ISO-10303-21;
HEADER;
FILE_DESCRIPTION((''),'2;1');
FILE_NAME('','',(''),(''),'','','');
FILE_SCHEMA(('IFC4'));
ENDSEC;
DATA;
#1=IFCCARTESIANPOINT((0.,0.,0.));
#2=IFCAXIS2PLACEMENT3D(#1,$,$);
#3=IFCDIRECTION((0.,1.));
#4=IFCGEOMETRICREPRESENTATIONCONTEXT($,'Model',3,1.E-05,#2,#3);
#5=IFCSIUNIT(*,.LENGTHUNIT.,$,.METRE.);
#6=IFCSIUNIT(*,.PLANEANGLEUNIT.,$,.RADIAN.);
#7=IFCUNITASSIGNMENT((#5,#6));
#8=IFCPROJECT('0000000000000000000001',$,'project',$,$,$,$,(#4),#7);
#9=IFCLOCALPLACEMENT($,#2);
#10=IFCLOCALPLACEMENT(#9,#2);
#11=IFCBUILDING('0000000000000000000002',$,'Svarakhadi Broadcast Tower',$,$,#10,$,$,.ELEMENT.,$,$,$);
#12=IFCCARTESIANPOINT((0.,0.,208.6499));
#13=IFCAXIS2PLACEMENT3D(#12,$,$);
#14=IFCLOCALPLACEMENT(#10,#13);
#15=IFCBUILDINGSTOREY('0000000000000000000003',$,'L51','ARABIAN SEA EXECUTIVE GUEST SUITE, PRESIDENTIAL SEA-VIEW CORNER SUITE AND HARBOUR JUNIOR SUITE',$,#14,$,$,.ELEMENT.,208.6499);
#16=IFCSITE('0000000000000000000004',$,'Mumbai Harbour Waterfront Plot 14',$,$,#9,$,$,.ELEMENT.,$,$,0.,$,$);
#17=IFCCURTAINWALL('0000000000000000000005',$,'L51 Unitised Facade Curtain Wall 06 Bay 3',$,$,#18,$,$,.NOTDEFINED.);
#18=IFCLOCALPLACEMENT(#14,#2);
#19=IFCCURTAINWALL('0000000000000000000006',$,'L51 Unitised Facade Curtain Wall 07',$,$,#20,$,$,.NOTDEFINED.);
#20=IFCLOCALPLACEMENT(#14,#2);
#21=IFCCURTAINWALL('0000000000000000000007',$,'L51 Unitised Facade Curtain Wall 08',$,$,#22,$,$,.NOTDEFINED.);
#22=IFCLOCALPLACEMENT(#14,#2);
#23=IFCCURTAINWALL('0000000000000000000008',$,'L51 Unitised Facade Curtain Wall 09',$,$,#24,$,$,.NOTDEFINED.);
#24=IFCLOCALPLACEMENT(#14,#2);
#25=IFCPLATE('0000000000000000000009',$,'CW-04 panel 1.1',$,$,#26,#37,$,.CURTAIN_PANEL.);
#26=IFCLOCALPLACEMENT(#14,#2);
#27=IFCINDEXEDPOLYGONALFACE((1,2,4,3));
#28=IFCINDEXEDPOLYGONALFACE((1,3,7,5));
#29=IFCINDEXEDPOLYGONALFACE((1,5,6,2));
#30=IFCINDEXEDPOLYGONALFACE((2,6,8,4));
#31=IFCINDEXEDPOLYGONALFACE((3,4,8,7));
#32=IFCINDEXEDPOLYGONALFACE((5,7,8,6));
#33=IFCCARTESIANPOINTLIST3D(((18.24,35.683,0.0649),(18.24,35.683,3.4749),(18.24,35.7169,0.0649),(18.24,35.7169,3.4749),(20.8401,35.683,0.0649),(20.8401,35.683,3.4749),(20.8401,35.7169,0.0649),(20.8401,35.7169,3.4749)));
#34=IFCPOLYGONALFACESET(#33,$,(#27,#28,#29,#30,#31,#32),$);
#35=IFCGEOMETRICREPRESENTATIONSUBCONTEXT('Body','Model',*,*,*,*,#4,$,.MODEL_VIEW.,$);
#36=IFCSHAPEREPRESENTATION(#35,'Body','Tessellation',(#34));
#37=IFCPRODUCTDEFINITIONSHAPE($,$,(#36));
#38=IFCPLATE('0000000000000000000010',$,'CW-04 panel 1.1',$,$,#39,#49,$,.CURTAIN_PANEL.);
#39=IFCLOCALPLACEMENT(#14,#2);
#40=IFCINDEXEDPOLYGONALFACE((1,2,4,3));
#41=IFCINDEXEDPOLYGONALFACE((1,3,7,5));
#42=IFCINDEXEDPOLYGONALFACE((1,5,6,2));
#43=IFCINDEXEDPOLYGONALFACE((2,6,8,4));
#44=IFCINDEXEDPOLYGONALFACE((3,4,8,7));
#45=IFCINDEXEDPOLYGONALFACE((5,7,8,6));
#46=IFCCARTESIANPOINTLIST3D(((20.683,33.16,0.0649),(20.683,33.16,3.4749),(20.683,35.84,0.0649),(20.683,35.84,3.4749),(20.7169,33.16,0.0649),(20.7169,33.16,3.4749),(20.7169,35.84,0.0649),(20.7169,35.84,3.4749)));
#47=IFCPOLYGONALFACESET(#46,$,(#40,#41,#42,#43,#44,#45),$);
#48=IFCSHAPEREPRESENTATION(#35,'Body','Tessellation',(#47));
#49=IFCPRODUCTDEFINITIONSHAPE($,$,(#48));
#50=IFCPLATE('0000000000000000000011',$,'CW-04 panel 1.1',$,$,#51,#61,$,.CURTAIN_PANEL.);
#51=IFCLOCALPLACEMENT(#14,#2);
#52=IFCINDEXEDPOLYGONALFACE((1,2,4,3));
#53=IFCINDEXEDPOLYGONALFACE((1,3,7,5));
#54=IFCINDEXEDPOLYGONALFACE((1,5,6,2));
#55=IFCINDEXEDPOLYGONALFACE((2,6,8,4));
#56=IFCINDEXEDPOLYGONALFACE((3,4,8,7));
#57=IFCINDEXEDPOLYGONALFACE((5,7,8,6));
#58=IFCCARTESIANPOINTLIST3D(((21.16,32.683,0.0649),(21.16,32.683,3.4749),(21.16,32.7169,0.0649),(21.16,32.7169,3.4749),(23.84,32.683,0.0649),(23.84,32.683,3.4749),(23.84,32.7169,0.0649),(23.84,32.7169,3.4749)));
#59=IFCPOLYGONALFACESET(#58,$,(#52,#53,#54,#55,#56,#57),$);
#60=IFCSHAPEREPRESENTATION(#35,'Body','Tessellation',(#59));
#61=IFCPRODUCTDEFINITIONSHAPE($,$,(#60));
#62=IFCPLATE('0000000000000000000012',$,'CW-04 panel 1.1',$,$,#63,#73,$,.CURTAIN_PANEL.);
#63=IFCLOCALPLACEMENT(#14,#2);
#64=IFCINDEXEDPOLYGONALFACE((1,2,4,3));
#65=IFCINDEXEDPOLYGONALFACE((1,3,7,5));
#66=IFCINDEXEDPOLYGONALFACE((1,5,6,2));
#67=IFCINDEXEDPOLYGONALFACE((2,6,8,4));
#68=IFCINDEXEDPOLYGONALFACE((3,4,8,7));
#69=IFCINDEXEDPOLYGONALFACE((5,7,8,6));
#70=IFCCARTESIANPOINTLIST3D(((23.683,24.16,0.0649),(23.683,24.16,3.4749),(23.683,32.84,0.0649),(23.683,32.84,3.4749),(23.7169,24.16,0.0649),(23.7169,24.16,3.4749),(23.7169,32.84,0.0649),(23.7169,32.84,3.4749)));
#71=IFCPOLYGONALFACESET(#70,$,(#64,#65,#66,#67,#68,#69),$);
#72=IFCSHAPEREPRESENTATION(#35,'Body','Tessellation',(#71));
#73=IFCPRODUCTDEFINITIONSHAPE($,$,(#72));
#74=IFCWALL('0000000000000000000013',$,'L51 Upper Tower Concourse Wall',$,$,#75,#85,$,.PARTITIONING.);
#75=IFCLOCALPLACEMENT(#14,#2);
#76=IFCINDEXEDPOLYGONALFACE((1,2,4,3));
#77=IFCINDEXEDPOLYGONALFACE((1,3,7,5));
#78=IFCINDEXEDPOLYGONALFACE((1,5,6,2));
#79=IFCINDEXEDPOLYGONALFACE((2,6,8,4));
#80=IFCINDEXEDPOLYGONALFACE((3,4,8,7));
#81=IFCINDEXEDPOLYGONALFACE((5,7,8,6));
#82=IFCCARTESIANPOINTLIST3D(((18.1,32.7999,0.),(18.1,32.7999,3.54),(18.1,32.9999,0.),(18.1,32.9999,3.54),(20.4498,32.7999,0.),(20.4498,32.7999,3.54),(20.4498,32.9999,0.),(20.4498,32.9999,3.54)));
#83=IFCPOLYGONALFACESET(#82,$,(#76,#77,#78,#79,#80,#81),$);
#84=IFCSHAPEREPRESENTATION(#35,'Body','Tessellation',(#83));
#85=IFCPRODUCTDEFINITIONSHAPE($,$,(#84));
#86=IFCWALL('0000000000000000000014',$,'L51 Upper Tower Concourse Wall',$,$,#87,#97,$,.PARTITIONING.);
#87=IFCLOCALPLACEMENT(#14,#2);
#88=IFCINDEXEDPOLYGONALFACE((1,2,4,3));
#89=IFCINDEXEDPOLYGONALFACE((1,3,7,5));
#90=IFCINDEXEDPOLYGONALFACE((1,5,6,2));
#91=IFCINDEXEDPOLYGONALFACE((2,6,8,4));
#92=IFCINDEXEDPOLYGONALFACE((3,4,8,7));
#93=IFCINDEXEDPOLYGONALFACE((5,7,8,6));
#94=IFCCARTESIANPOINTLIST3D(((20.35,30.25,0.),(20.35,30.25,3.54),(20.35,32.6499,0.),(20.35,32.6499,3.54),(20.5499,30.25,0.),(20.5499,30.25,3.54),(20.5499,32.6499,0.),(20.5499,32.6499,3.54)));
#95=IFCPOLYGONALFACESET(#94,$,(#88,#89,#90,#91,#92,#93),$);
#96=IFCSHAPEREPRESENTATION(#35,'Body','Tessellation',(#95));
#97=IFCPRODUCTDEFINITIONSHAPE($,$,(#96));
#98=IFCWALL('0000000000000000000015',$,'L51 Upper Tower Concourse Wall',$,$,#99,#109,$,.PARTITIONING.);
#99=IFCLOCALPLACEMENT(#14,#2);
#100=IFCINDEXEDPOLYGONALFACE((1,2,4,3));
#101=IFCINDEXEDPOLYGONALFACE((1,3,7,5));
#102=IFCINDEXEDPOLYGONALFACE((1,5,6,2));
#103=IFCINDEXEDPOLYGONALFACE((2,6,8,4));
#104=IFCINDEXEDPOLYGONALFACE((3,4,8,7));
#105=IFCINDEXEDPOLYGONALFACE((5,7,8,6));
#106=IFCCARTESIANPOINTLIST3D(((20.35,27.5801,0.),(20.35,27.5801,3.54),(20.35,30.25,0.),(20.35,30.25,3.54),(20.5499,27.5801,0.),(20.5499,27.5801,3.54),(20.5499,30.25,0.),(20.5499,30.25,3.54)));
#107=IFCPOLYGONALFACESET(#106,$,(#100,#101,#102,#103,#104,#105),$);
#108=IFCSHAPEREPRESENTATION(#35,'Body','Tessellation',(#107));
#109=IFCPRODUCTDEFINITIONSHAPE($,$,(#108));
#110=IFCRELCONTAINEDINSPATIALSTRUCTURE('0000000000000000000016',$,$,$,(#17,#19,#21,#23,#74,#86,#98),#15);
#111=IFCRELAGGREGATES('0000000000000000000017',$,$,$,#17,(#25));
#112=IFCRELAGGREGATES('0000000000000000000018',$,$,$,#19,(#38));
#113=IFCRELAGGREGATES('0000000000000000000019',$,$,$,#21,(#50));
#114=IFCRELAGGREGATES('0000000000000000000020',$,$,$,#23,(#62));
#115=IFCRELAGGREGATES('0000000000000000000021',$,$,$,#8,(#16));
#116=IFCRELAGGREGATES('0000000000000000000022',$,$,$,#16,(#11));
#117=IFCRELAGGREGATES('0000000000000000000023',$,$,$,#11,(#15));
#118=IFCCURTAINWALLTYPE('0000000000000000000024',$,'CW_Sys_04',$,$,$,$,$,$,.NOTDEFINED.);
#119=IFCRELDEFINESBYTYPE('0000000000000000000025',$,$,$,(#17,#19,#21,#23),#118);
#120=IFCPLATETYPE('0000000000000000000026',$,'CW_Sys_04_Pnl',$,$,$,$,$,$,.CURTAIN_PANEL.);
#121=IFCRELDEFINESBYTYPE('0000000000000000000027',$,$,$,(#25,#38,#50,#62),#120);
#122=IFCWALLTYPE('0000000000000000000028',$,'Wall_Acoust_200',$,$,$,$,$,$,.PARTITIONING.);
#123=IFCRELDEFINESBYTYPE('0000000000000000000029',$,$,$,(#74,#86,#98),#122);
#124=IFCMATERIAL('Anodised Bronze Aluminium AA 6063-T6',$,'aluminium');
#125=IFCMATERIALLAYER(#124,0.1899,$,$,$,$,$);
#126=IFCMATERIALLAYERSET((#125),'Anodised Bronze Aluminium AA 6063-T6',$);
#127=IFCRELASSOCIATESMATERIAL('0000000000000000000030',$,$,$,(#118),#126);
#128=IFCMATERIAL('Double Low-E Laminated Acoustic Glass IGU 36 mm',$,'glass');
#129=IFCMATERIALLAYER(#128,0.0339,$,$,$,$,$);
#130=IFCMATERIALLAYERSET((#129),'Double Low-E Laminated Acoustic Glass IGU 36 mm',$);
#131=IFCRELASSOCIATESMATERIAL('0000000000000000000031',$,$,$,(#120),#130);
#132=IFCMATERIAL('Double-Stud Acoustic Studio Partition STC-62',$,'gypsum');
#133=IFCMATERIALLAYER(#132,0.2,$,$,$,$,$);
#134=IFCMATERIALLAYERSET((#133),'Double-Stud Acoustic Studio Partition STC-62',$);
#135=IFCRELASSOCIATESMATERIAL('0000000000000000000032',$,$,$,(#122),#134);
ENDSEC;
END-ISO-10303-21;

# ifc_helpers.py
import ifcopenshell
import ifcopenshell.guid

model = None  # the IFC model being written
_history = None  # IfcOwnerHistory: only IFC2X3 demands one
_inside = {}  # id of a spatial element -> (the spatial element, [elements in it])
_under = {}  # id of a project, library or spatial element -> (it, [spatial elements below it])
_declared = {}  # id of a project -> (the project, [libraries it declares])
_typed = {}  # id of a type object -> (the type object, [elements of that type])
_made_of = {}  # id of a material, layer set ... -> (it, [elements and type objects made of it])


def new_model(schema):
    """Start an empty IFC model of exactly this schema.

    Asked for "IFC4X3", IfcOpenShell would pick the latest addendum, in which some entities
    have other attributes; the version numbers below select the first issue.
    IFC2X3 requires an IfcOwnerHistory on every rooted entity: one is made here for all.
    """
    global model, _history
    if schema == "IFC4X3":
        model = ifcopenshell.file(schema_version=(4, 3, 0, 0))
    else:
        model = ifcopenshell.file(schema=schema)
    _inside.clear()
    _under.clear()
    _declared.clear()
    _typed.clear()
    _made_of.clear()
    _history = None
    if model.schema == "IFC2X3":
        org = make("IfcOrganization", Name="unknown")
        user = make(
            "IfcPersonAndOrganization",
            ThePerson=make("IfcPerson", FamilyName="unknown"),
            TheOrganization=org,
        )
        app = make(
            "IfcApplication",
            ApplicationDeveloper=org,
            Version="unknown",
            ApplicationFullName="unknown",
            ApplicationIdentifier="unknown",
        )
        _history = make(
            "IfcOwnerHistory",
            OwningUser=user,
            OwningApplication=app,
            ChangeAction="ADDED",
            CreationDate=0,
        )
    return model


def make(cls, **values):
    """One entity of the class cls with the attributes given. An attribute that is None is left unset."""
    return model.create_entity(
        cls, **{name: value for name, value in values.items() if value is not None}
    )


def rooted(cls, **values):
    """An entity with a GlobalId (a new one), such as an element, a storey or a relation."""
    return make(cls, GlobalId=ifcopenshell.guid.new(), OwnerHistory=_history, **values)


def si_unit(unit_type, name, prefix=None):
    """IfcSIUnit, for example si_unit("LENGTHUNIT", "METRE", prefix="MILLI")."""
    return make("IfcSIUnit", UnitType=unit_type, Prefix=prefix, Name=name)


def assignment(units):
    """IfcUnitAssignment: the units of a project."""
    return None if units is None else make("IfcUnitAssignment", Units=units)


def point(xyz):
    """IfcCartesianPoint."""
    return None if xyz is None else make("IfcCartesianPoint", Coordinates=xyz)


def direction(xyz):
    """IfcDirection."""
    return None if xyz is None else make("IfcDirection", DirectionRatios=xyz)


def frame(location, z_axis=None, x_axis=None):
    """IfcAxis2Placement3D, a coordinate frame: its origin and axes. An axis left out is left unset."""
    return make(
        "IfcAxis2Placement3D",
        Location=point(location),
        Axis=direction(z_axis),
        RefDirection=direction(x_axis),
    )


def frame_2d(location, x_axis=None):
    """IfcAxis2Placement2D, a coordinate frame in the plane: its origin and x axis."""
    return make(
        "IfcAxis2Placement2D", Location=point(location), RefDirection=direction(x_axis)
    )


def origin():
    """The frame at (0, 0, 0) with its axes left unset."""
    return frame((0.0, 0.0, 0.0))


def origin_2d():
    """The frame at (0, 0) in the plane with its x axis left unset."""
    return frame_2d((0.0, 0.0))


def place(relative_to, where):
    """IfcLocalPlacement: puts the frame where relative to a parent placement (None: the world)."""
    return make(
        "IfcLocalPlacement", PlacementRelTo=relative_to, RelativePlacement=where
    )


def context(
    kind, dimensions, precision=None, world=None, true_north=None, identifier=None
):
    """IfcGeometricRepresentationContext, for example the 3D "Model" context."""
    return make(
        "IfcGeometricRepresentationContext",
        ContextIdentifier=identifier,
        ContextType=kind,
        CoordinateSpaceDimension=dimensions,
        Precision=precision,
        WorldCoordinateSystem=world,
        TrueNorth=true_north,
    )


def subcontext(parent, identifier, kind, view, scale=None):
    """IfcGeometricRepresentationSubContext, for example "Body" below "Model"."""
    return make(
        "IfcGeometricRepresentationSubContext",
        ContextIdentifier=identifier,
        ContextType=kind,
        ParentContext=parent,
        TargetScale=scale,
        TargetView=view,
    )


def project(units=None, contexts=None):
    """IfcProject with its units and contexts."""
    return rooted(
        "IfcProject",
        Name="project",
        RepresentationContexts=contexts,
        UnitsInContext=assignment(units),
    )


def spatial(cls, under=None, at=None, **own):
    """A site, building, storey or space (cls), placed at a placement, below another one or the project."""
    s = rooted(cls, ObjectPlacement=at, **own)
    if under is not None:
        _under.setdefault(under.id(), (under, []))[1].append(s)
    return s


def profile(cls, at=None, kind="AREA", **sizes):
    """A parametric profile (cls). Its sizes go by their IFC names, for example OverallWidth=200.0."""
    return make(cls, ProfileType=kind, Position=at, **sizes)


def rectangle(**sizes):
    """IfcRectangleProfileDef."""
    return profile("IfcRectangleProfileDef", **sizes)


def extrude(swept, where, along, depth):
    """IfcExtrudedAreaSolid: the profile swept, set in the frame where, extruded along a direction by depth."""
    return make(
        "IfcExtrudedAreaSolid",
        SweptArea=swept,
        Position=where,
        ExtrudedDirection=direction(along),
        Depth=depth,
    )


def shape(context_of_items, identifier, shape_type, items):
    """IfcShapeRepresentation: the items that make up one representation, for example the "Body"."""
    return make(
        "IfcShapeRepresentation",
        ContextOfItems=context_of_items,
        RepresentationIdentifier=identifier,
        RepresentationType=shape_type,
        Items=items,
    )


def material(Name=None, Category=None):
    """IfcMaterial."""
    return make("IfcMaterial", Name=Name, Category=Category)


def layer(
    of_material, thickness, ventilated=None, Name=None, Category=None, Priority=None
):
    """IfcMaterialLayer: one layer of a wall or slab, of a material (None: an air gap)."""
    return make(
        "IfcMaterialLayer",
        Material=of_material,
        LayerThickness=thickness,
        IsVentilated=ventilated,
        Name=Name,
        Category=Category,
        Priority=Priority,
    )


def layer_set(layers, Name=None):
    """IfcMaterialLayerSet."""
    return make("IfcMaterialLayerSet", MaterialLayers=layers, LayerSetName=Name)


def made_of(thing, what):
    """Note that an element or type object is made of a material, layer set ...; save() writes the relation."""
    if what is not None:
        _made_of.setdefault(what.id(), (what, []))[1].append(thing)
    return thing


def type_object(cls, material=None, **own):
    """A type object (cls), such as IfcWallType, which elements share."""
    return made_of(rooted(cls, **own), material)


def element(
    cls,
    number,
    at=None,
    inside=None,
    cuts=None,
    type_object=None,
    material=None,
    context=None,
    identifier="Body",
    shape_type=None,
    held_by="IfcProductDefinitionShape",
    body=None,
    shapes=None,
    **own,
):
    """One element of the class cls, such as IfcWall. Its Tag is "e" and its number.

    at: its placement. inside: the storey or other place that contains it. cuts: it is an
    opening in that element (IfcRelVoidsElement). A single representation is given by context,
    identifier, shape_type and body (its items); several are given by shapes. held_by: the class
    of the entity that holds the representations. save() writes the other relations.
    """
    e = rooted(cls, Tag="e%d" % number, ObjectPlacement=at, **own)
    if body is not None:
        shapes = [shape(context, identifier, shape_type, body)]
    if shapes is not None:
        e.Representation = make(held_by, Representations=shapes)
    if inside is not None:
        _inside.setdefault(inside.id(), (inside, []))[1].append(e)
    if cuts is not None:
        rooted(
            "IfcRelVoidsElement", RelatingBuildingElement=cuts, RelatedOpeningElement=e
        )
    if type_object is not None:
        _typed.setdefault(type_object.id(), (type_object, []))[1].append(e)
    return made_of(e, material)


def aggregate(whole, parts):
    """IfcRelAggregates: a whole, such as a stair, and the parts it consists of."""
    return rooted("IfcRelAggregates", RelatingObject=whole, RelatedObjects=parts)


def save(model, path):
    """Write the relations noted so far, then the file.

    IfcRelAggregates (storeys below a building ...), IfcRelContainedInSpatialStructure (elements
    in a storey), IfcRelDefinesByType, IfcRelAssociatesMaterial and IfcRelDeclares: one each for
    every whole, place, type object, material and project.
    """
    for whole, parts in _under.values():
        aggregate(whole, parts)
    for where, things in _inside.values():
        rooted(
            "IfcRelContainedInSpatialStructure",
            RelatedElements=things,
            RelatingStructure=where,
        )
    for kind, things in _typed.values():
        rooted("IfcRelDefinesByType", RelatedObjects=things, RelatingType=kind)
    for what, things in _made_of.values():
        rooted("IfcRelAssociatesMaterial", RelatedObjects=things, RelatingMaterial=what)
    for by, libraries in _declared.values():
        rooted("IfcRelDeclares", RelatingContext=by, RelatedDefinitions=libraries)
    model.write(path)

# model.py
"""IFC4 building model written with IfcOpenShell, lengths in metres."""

from ifc_helpers import new_model, si_unit, direction, frame, frame_2d, origin, origin_2d, place, context, subcontext, project, spatial, rectangle, extrude, material, layer, layer_set, type_object, element, aggregate, save


model = new_model("IFC4")

# Units and contexts
model_context = context("Model", 3, precision=1e-05, world=origin(), true_north=direction((0.0, 1.0)))
body_context = subcontext(model_context, "Body", "Model", "MODEL_VIEW")
ifc_project = project(units=[si_unit("LENGTHUNIT", "METRE"), si_unit("PLANEANGLEUNIT", "RADIAN")], contexts=[model_context])

# Site, building, storey
site_placement = place(None, origin())
site = spatial("IfcSite", under=ifc_project, at=site_placement, Name="Mumbai Harbour Waterfront Plot 14", CompositionType="ELEMENT", RefElevation=0.0)
building_placement = place(site_placement, origin())
building = spatial("IfcBuilding", under=site, at=building_placement, Name="Svarakhadi Broadcast Tower", CompositionType="ELEMENT")
storey_placement = place(building_placement, frame((0.0, 0.0, 208.6499)))
storey = spatial("IfcBuildingStorey", under=building, at=storey_placement, Name="L51", Description="ARABIAN SEA EXECUTIVE GUEST SUITE, PRESIDENTIAL SEA-VIEW CORNER SUITE AND HARBOUR JUNIOR SUITE", CompositionType="ELEMENT", Elevation=208.6499)

# Curtain walls
ifc_material_1 = material(Name="Anodised Bronze Aluminium AA 6063-T6", Category="aluminium")
ifc_layer_1 = layer(ifc_material_1, 0.1899)
ifc_layer_set_1 = layer_set([ifc_layer_1], Name="Anodised Bronze Aluminium AA 6063-T6")
curtain_wall_type = type_object("IfcCurtainWallType", Name="CW_Sys_04", PredefinedType="NOTDEFINED", material=ifc_layer_set_1)
curtain_wall_1_placement = place(storey_placement, origin())
curtain_wall_1 = element("IfcCurtainWall", 1, at=curtain_wall_1_placement, inside=storey, type_object=curtain_wall_type, Name="L51 Unitised Facade Curtain Wall 06 Bay 3", PredefinedType="NOTDEFINED")
curtain_wall_2_placement = place(storey_placement, origin())
curtain_wall_2 = element("IfcCurtainWall", 2, at=curtain_wall_2_placement, inside=storey, type_object=curtain_wall_type, Name="L51 Unitised Facade Curtain Wall 07", PredefinedType="NOTDEFINED")
curtain_wall_3_placement = place(storey_placement, origin())
curtain_wall_3 = element("IfcCurtainWall", 3, at=curtain_wall_3_placement, inside=storey, type_object=curtain_wall_type, Name="L51 Unitised Facade Curtain Wall 08", PredefinedType="NOTDEFINED")

# Curtain wall
curtain_wall_4_placement = place(storey_placement, origin())
curtain_wall_4 = element("IfcCurtainWall", 4, at=curtain_wall_4_placement, inside=storey, type_object=curtain_wall_type, Name="L51 Unitised Facade Curtain Wall 09", PredefinedType="NOTDEFINED")

# Plates
ifc_material_2 = material(Name="Double Low-E Laminated Acoustic Glass IGU 36 mm", Category="glass")
ifc_layer_2 = layer(ifc_material_2, 0.0339)
ifc_layer_set_2 = layer_set([ifc_layer_2], Name="Double Low-E Laminated Acoustic Glass IGU 36 mm")
plate_type = type_object("IfcPlateType", Name="CW_Sys_04_Pnl", PredefinedType="CURTAIN_PANEL", material=ifc_layer_set_2)
plate_1_placement = place(storey_placement, frame((19.54, 35.7, 0.0649), z_axis=(0.0, 0.0, 1.0), x_axis=(1.0, 0.0, 0.0)))
plate_1 = element("IfcPlate", 5, at=plate_1_placement, type_object=plate_type, Name="CW-04 panel 1.1", PredefinedType="CURTAIN_PANEL", context=body_context, shape_type="SweptSolid", body=[
    extrude(rectangle(XDim=2.6001, YDim=0.0339, at=origin_2d()), origin(), (0.0, 0.0, 1.0), 3.4099),
])
aggregate(curtain_wall_1, [plate_1])
plate_2_placement = place(storey_placement, frame((20.7, 34.5, 0.0649), z_axis=(0.0, 0.0, 1.0), x_axis=(0.0, -1.0, 0.0)))
plate_2 = element("IfcPlate", 6, at=plate_2_placement, type_object=plate_type, Name="CW-04 panel 1.1", PredefinedType="CURTAIN_PANEL", context=body_context, shape_type="SweptSolid", body=[
    extrude(rectangle(XDim=2.6799, YDim=0.0339, at=origin_2d()), origin(), (0.0, 0.0, 1.0), 3.4099),
])
aggregate(curtain_wall_2, [plate_2])
plate_3_placement = place(storey_placement, frame((22.5, 32.7, 0.0649), z_axis=(0.0, 0.0, 1.0), x_axis=(1.0, 0.0, 0.0)))
plate_3 = element("IfcPlate", 7, at=plate_3_placement, type_object=plate_type, Name="CW-04 panel 1.1", PredefinedType="CURTAIN_PANEL", context=body_context, shape_type="SweptSolid", body=[
    extrude(rectangle(XDim=2.6799, YDim=0.0339, at=origin_2d()), origin(), (0.0, 0.0, 1.0), 3.4099),
])
aggregate(curtain_wall_3, [plate_3])
plate_4_placement = place(storey_placement, frame((23.7, 28.5, 0.0649), z_axis=(0.0, 0.0, 1.0), x_axis=(0.0, -1.0, 0.0)))
plate_4 = element("IfcPlate", 8, at=plate_4_placement, type_object=plate_type, Name="CW-04 panel 1.1", PredefinedType="CURTAIN_PANEL", context=body_context, shape_type="SweptSolid", body=[
    extrude(rectangle(XDim=8.6799, YDim=0.0339, at=origin_2d()), origin(), (0.0, 0.0, 1.0), 3.4099),
])
aggregate(curtain_wall_4, [plate_4])

# Walls
ifc_material_3 = material(Name="Double-Stud Acoustic Studio Partition STC-62", Category="gypsum")
ifc_layer_3 = layer(ifc_material_3, 0.2)
ifc_layer_set_3 = layer_set([ifc_layer_3], Name="Double-Stud Acoustic Studio Partition STC-62")
wall_type = type_object("IfcWallType", Name="Wall_Acoust_200", PredefinedType="PARTITIONING", material=ifc_layer_set_3)
wall_1_placement = place(storey_placement, frame((18.1001, 32.8999, 0.0), z_axis=(0.0, 0.0, 1.0), x_axis=(1.0, 0.0, 0.0)))
element("IfcWall", 9, at=wall_1_placement, inside=storey, type_object=wall_type, Name="L51 Upper Tower Concourse Wall", PredefinedType="PARTITIONING", context=body_context, shape_type="SweptSolid", body=[
    extrude(rectangle(XDim=2.3499, YDim=0.2, at=frame_2d((1.1748, 0.0))), origin(), (0.0, 0.0, 1.0), 3.54),
])
wall_2_placement = place(storey_placement, frame((20.45, 32.6499, 0.0), z_axis=(0.0, 0.0, 1.0), x_axis=(0.0, -1.0, 0.0)))
element("IfcWall", 10, at=wall_2_placement, inside=storey, type_object=wall_type, Name="L51 Upper Tower Concourse Wall", PredefinedType="PARTITIONING", context=body_context, shape_type="SweptSolid", body=[
    extrude(rectangle(XDim=2.3999, YDim=0.2, at=frame_2d((1.2, 0.0))), origin(), (0.0, 0.0, 1.0), 3.54),
])
wall_3_placement = place(storey_placement, frame((20.45, 30.25, 0.0), z_axis=(0.0, 0.0, 1.0), x_axis=(0.0, -1.0, 0.0)))
element("IfcWall", 11, at=wall_3_placement, inside=storey, type_object=wall_type, Name="L51 Upper Tower Concourse Wall", PredefinedType="PARTITIONING", context=body_context, shape_type="SweptSolid", body=[
    extrude(rectangle(XDim=2.6699, YDim=0.2, at=frame_2d((1.335, 0.0))), origin(), (0.0, 0.0, 1.0), 3.54),
])

save(model, "model.ifc")
